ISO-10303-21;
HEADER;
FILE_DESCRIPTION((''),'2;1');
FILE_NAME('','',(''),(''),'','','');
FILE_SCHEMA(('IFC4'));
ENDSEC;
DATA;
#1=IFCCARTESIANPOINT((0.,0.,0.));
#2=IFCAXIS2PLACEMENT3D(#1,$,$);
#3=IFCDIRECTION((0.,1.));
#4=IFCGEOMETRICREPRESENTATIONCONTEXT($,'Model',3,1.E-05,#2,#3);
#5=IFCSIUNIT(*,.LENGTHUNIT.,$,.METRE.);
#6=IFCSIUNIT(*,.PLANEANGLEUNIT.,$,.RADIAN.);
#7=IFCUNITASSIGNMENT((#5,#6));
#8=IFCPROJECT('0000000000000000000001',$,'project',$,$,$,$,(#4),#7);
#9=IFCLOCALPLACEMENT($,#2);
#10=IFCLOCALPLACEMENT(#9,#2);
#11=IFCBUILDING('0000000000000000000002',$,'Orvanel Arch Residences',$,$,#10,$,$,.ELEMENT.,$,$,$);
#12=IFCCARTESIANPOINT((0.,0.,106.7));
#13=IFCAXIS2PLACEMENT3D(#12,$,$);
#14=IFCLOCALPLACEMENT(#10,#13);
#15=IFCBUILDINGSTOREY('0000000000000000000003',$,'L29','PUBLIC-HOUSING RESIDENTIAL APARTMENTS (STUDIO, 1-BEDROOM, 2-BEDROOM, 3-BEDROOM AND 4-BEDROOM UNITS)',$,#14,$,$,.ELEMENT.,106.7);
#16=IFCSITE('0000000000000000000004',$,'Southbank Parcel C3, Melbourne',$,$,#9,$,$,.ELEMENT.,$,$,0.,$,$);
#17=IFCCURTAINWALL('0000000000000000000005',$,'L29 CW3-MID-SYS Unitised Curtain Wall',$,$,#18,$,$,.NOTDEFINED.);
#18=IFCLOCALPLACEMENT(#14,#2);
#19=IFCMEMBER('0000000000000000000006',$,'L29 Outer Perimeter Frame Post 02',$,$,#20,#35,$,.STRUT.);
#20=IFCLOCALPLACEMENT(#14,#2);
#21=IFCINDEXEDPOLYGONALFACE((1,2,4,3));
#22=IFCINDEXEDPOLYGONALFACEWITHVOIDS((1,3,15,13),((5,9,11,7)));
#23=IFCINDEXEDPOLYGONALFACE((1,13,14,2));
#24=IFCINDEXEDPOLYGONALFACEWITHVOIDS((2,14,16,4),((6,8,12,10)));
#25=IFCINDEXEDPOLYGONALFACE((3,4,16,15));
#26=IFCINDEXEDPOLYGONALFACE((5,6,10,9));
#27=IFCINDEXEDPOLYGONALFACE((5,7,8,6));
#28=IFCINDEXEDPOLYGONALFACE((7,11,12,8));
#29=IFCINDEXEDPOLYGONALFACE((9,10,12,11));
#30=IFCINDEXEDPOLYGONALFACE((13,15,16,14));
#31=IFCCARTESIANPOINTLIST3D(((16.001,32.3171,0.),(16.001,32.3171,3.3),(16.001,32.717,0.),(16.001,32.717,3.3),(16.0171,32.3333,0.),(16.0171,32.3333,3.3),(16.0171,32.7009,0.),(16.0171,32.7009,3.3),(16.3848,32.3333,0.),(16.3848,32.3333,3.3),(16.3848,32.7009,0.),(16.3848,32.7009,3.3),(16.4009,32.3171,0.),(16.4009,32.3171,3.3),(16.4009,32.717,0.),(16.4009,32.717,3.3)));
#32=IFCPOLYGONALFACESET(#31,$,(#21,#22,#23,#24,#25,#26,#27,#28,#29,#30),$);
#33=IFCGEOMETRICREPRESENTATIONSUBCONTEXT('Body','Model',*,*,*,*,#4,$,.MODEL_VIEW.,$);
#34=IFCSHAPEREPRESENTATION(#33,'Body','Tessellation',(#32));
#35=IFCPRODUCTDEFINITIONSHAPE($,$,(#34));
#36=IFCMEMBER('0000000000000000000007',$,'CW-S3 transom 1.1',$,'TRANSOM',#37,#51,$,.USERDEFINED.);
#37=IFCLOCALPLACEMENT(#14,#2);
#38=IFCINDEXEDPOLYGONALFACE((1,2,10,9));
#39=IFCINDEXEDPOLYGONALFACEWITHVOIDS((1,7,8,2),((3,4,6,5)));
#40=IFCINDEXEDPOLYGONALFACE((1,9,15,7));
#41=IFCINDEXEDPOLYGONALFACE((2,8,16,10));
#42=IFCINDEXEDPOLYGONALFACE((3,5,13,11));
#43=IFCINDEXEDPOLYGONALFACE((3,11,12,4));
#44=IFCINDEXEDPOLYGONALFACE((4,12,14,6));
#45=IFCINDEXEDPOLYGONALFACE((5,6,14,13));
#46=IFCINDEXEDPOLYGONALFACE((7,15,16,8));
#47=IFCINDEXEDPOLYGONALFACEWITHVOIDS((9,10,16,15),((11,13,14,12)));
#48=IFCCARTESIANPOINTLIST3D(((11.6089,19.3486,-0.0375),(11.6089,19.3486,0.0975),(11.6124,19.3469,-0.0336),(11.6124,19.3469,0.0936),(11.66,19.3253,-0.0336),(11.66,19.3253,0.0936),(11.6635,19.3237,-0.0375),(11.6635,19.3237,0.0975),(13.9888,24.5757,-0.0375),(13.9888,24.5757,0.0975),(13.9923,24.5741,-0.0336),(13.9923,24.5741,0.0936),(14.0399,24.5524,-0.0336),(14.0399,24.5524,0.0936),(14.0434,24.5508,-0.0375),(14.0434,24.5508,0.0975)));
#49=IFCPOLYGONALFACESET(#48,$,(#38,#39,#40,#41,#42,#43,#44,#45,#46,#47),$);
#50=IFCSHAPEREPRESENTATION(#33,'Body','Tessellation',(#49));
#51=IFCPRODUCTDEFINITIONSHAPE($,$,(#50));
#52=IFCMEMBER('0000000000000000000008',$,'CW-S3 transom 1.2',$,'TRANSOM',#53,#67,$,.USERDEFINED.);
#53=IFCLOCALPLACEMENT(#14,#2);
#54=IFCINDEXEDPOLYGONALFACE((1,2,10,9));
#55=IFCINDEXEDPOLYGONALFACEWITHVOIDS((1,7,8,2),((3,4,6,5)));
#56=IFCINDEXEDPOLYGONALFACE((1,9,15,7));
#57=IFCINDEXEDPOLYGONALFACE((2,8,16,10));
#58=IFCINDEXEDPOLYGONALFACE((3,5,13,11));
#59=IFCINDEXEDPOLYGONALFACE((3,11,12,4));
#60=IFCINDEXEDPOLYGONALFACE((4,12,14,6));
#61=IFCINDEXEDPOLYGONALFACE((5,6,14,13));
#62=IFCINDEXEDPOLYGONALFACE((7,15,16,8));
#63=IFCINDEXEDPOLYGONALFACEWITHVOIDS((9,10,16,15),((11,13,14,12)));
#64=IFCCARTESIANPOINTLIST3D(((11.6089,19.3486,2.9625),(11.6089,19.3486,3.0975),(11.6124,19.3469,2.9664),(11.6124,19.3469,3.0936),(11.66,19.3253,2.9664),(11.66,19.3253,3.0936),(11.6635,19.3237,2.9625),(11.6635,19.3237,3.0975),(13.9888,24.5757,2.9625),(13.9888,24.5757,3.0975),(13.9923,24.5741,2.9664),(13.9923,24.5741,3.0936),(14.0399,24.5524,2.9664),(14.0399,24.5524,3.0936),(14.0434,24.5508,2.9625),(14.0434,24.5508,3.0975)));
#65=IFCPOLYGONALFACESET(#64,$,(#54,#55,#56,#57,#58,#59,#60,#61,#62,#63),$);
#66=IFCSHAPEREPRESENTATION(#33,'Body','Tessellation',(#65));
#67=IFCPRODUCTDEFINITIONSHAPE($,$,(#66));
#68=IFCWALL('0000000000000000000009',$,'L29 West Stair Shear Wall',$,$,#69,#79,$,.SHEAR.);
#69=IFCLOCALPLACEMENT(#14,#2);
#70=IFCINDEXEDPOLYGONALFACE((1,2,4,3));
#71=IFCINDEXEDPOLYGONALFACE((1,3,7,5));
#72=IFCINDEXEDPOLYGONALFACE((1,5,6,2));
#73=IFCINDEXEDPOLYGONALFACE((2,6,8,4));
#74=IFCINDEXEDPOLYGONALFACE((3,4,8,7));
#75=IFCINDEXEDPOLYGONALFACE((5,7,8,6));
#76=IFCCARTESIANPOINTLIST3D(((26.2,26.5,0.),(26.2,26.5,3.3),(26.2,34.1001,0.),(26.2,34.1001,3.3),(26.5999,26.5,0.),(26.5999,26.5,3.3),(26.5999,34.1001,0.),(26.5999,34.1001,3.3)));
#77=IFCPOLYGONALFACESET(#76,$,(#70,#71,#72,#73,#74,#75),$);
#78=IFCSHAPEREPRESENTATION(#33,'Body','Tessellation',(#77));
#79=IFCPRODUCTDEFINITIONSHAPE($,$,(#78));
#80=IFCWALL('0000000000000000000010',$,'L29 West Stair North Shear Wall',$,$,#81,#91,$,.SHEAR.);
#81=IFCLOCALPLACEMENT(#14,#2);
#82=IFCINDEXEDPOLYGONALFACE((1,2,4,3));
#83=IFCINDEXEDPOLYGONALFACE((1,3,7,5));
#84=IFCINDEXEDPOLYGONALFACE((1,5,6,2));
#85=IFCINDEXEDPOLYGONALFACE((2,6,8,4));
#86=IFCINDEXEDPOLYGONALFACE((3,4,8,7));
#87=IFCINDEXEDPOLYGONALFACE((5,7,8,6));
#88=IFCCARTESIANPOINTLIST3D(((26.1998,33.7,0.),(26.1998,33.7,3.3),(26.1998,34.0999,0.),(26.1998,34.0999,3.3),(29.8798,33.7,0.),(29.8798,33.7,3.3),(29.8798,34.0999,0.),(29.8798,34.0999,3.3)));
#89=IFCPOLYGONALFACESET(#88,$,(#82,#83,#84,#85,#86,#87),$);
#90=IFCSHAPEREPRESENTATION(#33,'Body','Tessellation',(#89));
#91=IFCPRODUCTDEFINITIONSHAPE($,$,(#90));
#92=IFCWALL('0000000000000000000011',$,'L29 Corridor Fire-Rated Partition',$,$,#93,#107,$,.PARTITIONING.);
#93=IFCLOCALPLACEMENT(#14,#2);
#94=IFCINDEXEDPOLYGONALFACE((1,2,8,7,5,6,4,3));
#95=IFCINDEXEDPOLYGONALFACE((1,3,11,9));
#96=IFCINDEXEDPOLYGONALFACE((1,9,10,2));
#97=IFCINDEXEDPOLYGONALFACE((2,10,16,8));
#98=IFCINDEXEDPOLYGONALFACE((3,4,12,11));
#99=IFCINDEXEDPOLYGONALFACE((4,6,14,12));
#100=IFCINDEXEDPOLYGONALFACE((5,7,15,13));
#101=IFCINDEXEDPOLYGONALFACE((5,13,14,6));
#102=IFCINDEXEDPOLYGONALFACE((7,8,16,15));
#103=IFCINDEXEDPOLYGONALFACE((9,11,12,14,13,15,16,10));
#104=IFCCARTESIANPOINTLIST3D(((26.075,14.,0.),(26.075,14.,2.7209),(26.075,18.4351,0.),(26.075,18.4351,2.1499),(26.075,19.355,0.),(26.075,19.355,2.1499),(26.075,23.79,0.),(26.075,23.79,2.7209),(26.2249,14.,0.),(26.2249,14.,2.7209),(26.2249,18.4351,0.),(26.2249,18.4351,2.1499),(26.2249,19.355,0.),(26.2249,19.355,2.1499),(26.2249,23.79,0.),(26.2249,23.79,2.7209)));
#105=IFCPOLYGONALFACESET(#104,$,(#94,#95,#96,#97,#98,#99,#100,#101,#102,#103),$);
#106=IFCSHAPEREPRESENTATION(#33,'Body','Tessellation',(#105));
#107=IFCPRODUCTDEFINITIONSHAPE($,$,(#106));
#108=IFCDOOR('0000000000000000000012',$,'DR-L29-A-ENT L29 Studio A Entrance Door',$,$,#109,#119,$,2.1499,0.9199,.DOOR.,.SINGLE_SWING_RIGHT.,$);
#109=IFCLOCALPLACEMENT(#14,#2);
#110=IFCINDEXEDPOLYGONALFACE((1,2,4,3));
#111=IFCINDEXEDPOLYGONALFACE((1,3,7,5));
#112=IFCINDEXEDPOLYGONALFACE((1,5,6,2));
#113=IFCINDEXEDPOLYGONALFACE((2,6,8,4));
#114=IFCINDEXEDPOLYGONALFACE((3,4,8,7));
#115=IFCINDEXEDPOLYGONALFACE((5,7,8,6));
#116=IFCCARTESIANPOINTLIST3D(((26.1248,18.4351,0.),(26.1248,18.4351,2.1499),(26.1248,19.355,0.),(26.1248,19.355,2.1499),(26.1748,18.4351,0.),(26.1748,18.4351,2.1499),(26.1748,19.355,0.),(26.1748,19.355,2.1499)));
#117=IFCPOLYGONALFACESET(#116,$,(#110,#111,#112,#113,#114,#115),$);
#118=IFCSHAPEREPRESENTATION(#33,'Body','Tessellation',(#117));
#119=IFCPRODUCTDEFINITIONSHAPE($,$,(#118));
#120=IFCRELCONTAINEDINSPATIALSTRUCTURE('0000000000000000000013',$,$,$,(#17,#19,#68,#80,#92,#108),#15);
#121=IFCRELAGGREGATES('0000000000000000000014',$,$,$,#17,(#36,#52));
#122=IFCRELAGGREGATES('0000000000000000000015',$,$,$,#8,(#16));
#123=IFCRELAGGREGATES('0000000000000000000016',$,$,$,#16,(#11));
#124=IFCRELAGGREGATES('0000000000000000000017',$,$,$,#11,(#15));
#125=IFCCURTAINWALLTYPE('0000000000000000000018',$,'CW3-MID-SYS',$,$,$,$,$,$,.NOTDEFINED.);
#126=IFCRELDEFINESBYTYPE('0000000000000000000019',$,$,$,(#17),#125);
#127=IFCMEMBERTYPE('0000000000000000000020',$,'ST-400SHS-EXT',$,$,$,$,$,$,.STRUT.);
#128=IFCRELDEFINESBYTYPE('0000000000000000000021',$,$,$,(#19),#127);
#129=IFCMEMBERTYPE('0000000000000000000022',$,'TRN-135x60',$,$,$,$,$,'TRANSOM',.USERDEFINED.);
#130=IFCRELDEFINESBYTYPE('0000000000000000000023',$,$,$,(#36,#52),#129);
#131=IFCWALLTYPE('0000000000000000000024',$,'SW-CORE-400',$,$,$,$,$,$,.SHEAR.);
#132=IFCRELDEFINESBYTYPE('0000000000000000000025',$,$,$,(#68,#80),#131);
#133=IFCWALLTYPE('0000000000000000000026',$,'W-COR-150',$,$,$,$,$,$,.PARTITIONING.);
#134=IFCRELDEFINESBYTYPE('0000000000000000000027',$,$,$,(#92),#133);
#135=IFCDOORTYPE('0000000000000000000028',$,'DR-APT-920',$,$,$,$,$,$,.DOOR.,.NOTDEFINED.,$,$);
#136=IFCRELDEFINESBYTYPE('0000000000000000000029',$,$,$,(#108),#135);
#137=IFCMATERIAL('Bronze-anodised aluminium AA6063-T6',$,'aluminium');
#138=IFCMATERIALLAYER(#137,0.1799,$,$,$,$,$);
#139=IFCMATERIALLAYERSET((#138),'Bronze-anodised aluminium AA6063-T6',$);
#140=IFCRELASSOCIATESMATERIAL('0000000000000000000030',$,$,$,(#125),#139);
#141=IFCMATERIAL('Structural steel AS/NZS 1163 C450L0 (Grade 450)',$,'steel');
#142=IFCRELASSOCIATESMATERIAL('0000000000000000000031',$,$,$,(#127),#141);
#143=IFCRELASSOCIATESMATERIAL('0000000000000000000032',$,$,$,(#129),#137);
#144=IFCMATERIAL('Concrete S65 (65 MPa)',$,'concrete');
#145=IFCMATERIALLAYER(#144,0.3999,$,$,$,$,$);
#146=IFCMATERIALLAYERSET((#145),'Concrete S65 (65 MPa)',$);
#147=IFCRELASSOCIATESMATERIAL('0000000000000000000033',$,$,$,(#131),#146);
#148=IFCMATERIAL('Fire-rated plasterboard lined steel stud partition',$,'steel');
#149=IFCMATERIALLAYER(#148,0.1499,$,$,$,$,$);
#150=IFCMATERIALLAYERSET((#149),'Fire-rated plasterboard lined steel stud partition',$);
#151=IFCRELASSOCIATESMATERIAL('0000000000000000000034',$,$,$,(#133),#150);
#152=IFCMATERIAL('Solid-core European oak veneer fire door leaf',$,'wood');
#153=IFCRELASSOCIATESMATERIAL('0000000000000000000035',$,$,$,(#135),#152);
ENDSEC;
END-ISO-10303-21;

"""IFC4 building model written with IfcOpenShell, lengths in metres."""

from ifc_helpers import new_model, si_unit, direction, frame, frame_2d, origin, origin_2d, place, context, subcontext, project, spatial, rectangle, hollow_rectangle, extrude, material, layer, layer_set, material_profile, profile_set, type_object, element, fill, aggregate, save


model = new_model("IFC4")

# Units and contexts
model_context = context("Model", 3, precision=1e-05, world=origin(), true_north=direction((0.0, 1.0)))
body_context = subcontext(model_context, "Body", "Model", "MODEL_VIEW")
ifc_project = project(units=[si_unit("LENGTHUNIT", "METRE"), si_unit("PLANEANGLEUNIT", "RADIAN")], contexts=[model_context])

# Site, building, storey
site_placement = place(None, origin())
site = spatial("IfcSite", under=ifc_project, at=site_placement, Name="Southbank Parcel C3, Melbourne", CompositionType="ELEMENT", RefElevation=0.0)
building_placement = place(site_placement, origin())
building = spatial("IfcBuilding", under=site, at=building_placement, Name="Orvanel Arch Residences", CompositionType="ELEMENT")
storey_placement = place(building_placement, frame((0.0, 0.0, 106.7)))
storey = spatial("IfcBuildingStorey", under=building, at=storey_placement, Name="L29", Description="PUBLIC-HOUSING RESIDENTIAL APARTMENTS (STUDIO, 1-BEDROOM, 2-BEDROOM, 3-BEDROOM AND 4-BEDROOM UNITS)", CompositionType="ELEMENT", Elevation=106.7)

# Shared definitions
ifc_material_1 = material(Name="Structural steel AS/NZS 1163 C450L0 (Grade 450)", Category="steel")

# Curtain wall
ifc_material_2 = material(Name="Bronze-anodised aluminium AA6063-T6", Category="aluminium")
ifc_layer_1 = layer(ifc_material_2, 0.1799)
ifc_layer_set_1 = layer_set([ifc_layer_1], Name="Bronze-anodised aluminium AA6063-T6")
curtain_wall_type = type_object("IfcCurtainWallType", Name="CW3-MID-SYS", PredefinedType="NOTDEFINED", material=ifc_layer_set_1)
curtain_wall_placement = place(storey_placement, origin())
curtain_wall = element("IfcCurtainWall", 1, at=curtain_wall_placement, inside=storey, type_object=curtain_wall_type, Name="L29 CW3-MID-SYS Unitised Curtain Wall", PredefinedType="NOTDEFINED")

# Members
ifc_material_profile_1 = material_profile(ifc_material_1, hollow_rectangle(XDim=0.3999, YDim=0.3999, WallThickness=0.0161, at=origin_2d()), Name="SHS400x400x16")
ifc_profile_set_1 = profile_set([ifc_material_profile_1], Name="Structural steel AS/NZS 1163 C450L0 (Grade 450)")
member_type_1 = type_object("IfcMemberType", Name="ST-400SHS-EXT", PredefinedType="STRUT", material=ifc_profile_set_1)
member_1_placement = place(storey_placement, frame((16.2009, 32.5171, 0.0), z_axis=(0.0, 0.0, 1.0), x_axis=(1.0, 0.0, 0.0)))
element("IfcMember", 2, at=member_1_placement, inside=storey, type_object=member_type_1, Name="L29 Outer Perimeter Frame Post 02", PredefinedType="STRUT", context=body_context, shape_type="SweptSolid", body=[
    extrude(hollow_rectangle(XDim=0.3999, YDim=0.3999, WallThickness=0.0161, at=origin_2d()), origin(), (0.0, 0.0, 1.0), 3.3),
])
ifc_material_profile_2 = material_profile(ifc_material_2, hollow_rectangle(XDim=0.0601, YDim=0.135, WallThickness=0.0039, at=origin_2d()), Name="ALU135x60x4")
ifc_profile_set_2 = profile_set([ifc_material_profile_2], Name="Bronze-anodised aluminium AA6063-T6")
member_type_2 = type_object("IfcMemberType", Name="TRN-135x60", ElementType="TRANSOM", PredefinedType="USERDEFINED", material=ifc_profile_set_2)
member_2_placement = place(storey_placement, frame((14.0161, 24.5632, 0.03), z_axis=(-0.414373, -0.910107, 0.0), x_axis=(0.910107, -0.414373, 0.0)))
member_2 = element("IfcMember", 3, at=member_2_placement, type_object=member_type_2, Name="CW-S3 transom 1.1", ObjectType="TRANSOM", PredefinedType="USERDEFINED", context=body_context, shape_type="SweptSolid", body=[
    extrude(hollow_rectangle(XDim=0.0601, YDim=0.135, WallThickness=0.0039, at=origin_2d()), origin(), (0.0, 0.0, 1.0), 5.7434),
])
member_3_placement = place(storey_placement, frame((14.0161, 24.5632, 3.03), z_axis=(-0.414373, -0.910107, 0.0), x_axis=(0.910107, -0.414373, 0.0)))
member_3 = element("IfcMember", 4, at=member_3_placement, type_object=member_type_2, Name="CW-S3 transom 1.2", ObjectType="TRANSOM", PredefinedType="USERDEFINED", context=body_context, shape_type="SweptSolid", body=[
    extrude(hollow_rectangle(XDim=0.0601, YDim=0.135, WallThickness=0.0039, at=origin_2d()), origin(), (0.0, 0.0, 1.0), 5.7434),
])
aggregate(curtain_wall, [member_2, member_3])

# Shared definitions
ifc_material_3 = material(Name="Concrete S65 (65 MPa)", Category="concrete")
ifc_layer_2 = layer(ifc_material_3, 0.3999)
ifc_layer_set_2 = layer_set([ifc_layer_2], Name="Concrete S65 (65 MPa)")
wall_type_1 = type_object("IfcWallType", Name="SW-CORE-400", PredefinedType="SHEAR", material=ifc_layer_set_2)

# Walls
wall_1_placement = place(storey_placement, frame((26.3999, 26.5, 0.0), z_axis=(0.0, 0.0, 1.0), x_axis=(0.0, 1.0, 0.0)))
element("IfcWall", 5, at=wall_1_placement, inside=storey, type_object=wall_type_1, Name="L29 West Stair Shear Wall", PredefinedType="SHEAR", context=body_context, shape_type="SweptSolid", body=[
    extrude(rectangle(XDim=7.6001, YDim=0.3999, at=frame_2d((3.8, 0.0))), origin(), (0.0, 0.0, 1.0), 3.3),
])
wall_2_placement = place(storey_placement, frame((26.2, 33.8999, 0.0), z_axis=(0.0, 0.0, 1.0), x_axis=(1.0, 0.0, 0.0)))
element("IfcWall", 6, at=wall_2_placement, inside=storey, type_object=wall_type_1, Name="L29 West Stair North Shear Wall", PredefinedType="SHEAR", context=body_context, shape_type="SweptSolid", body=[
    extrude(rectangle(XDim=3.6799, YDim=0.3999, at=frame_2d((1.8398, 0.0))), origin(), (0.0, 0.0, 1.0), 3.3),
])

# Wall, opening, door
ifc_material_4 = material(Name="Fire-rated plasterboard lined steel stud partition", Category="steel")
ifc_layer_3 = layer(ifc_material_4, 0.1499)
ifc_layer_set_3 = layer_set([ifc_layer_3], Name="Fire-rated plasterboard lined steel stud partition")
wall_type_2 = type_object("IfcWallType", Name="W-COR-150", PredefinedType="PARTITIONING", material=ifc_layer_set_3)
wall_3_placement = place(storey_placement, frame((26.1499, 23.79, 0.0), z_axis=(0.0, 0.0, 1.0), x_axis=(0.0, -1.0, 0.0)))
wall_3 = element("IfcWall", 7, at=wall_3_placement, inside=storey, type_object=wall_type_2, Name="L29 Corridor Fire-Rated Partition", PredefinedType="PARTITIONING", context=body_context, shape_type="SweptSolid", body=[
    extrude(rectangle(XDim=9.79, YDim=0.1499, at=frame_2d((4.895, 0.0))), origin(), (0.0, 0.0, 1.0), 2.7209),
])
opening_1_placement = place(wall_3_placement, frame((4.4351, 0.0, 0.0)))
opening_1 = element("IfcOpeningElement", 8, at=opening_1_placement, cuts=wall_3, PredefinedType="OPENING", context=body_context, shape_type="SweptSolid", body=[
    extrude(rectangle(XDim=0.9199, YDim=2.1499, at=frame_2d((0.46, 1.075))), frame((0.0, 0.085, 0.0), z_axis=(0.0, -1.0, 0.0), x_axis=(1.0, 0.0, 0.0)), (0.0, 0.0, 1.0), 0.1699),
])
ifc_material_5 = material(Name="Solid-core European oak veneer fire door leaf", Category="wood")
door_type_1 = type_object("IfcDoorType", Name="DR-APT-920", OperationType="NOTDEFINED", PredefinedType="DOOR", material=ifc_material_5)
door_1_placement = place(opening_1_placement, origin())
door_1 = element("IfcDoor", 9, at=door_1_placement, inside=storey, type_object=door_type_1, Name="DR-L29-A-ENT L29 Studio A Entrance Door", OperationType="SINGLE_SWING_RIGHT", OverallHeight=2.1499, OverallWidth=0.9199, PredefinedType="DOOR", context=body_context, shape_type="SweptSolid", body=[
    extrude(rectangle(XDim=0.9199, YDim=2.1499, at=frame_2d((0.46, 1.075))), frame((0.0, 0.0249, 0.0), z_axis=(0.0, -1.0, 0.0), x_axis=(1.0, 0.0, 0.0)), (0.0, 0.0, 1.0), 0.05),
])
fill(opening_1, door_1)

save(model, "model.ifc")
